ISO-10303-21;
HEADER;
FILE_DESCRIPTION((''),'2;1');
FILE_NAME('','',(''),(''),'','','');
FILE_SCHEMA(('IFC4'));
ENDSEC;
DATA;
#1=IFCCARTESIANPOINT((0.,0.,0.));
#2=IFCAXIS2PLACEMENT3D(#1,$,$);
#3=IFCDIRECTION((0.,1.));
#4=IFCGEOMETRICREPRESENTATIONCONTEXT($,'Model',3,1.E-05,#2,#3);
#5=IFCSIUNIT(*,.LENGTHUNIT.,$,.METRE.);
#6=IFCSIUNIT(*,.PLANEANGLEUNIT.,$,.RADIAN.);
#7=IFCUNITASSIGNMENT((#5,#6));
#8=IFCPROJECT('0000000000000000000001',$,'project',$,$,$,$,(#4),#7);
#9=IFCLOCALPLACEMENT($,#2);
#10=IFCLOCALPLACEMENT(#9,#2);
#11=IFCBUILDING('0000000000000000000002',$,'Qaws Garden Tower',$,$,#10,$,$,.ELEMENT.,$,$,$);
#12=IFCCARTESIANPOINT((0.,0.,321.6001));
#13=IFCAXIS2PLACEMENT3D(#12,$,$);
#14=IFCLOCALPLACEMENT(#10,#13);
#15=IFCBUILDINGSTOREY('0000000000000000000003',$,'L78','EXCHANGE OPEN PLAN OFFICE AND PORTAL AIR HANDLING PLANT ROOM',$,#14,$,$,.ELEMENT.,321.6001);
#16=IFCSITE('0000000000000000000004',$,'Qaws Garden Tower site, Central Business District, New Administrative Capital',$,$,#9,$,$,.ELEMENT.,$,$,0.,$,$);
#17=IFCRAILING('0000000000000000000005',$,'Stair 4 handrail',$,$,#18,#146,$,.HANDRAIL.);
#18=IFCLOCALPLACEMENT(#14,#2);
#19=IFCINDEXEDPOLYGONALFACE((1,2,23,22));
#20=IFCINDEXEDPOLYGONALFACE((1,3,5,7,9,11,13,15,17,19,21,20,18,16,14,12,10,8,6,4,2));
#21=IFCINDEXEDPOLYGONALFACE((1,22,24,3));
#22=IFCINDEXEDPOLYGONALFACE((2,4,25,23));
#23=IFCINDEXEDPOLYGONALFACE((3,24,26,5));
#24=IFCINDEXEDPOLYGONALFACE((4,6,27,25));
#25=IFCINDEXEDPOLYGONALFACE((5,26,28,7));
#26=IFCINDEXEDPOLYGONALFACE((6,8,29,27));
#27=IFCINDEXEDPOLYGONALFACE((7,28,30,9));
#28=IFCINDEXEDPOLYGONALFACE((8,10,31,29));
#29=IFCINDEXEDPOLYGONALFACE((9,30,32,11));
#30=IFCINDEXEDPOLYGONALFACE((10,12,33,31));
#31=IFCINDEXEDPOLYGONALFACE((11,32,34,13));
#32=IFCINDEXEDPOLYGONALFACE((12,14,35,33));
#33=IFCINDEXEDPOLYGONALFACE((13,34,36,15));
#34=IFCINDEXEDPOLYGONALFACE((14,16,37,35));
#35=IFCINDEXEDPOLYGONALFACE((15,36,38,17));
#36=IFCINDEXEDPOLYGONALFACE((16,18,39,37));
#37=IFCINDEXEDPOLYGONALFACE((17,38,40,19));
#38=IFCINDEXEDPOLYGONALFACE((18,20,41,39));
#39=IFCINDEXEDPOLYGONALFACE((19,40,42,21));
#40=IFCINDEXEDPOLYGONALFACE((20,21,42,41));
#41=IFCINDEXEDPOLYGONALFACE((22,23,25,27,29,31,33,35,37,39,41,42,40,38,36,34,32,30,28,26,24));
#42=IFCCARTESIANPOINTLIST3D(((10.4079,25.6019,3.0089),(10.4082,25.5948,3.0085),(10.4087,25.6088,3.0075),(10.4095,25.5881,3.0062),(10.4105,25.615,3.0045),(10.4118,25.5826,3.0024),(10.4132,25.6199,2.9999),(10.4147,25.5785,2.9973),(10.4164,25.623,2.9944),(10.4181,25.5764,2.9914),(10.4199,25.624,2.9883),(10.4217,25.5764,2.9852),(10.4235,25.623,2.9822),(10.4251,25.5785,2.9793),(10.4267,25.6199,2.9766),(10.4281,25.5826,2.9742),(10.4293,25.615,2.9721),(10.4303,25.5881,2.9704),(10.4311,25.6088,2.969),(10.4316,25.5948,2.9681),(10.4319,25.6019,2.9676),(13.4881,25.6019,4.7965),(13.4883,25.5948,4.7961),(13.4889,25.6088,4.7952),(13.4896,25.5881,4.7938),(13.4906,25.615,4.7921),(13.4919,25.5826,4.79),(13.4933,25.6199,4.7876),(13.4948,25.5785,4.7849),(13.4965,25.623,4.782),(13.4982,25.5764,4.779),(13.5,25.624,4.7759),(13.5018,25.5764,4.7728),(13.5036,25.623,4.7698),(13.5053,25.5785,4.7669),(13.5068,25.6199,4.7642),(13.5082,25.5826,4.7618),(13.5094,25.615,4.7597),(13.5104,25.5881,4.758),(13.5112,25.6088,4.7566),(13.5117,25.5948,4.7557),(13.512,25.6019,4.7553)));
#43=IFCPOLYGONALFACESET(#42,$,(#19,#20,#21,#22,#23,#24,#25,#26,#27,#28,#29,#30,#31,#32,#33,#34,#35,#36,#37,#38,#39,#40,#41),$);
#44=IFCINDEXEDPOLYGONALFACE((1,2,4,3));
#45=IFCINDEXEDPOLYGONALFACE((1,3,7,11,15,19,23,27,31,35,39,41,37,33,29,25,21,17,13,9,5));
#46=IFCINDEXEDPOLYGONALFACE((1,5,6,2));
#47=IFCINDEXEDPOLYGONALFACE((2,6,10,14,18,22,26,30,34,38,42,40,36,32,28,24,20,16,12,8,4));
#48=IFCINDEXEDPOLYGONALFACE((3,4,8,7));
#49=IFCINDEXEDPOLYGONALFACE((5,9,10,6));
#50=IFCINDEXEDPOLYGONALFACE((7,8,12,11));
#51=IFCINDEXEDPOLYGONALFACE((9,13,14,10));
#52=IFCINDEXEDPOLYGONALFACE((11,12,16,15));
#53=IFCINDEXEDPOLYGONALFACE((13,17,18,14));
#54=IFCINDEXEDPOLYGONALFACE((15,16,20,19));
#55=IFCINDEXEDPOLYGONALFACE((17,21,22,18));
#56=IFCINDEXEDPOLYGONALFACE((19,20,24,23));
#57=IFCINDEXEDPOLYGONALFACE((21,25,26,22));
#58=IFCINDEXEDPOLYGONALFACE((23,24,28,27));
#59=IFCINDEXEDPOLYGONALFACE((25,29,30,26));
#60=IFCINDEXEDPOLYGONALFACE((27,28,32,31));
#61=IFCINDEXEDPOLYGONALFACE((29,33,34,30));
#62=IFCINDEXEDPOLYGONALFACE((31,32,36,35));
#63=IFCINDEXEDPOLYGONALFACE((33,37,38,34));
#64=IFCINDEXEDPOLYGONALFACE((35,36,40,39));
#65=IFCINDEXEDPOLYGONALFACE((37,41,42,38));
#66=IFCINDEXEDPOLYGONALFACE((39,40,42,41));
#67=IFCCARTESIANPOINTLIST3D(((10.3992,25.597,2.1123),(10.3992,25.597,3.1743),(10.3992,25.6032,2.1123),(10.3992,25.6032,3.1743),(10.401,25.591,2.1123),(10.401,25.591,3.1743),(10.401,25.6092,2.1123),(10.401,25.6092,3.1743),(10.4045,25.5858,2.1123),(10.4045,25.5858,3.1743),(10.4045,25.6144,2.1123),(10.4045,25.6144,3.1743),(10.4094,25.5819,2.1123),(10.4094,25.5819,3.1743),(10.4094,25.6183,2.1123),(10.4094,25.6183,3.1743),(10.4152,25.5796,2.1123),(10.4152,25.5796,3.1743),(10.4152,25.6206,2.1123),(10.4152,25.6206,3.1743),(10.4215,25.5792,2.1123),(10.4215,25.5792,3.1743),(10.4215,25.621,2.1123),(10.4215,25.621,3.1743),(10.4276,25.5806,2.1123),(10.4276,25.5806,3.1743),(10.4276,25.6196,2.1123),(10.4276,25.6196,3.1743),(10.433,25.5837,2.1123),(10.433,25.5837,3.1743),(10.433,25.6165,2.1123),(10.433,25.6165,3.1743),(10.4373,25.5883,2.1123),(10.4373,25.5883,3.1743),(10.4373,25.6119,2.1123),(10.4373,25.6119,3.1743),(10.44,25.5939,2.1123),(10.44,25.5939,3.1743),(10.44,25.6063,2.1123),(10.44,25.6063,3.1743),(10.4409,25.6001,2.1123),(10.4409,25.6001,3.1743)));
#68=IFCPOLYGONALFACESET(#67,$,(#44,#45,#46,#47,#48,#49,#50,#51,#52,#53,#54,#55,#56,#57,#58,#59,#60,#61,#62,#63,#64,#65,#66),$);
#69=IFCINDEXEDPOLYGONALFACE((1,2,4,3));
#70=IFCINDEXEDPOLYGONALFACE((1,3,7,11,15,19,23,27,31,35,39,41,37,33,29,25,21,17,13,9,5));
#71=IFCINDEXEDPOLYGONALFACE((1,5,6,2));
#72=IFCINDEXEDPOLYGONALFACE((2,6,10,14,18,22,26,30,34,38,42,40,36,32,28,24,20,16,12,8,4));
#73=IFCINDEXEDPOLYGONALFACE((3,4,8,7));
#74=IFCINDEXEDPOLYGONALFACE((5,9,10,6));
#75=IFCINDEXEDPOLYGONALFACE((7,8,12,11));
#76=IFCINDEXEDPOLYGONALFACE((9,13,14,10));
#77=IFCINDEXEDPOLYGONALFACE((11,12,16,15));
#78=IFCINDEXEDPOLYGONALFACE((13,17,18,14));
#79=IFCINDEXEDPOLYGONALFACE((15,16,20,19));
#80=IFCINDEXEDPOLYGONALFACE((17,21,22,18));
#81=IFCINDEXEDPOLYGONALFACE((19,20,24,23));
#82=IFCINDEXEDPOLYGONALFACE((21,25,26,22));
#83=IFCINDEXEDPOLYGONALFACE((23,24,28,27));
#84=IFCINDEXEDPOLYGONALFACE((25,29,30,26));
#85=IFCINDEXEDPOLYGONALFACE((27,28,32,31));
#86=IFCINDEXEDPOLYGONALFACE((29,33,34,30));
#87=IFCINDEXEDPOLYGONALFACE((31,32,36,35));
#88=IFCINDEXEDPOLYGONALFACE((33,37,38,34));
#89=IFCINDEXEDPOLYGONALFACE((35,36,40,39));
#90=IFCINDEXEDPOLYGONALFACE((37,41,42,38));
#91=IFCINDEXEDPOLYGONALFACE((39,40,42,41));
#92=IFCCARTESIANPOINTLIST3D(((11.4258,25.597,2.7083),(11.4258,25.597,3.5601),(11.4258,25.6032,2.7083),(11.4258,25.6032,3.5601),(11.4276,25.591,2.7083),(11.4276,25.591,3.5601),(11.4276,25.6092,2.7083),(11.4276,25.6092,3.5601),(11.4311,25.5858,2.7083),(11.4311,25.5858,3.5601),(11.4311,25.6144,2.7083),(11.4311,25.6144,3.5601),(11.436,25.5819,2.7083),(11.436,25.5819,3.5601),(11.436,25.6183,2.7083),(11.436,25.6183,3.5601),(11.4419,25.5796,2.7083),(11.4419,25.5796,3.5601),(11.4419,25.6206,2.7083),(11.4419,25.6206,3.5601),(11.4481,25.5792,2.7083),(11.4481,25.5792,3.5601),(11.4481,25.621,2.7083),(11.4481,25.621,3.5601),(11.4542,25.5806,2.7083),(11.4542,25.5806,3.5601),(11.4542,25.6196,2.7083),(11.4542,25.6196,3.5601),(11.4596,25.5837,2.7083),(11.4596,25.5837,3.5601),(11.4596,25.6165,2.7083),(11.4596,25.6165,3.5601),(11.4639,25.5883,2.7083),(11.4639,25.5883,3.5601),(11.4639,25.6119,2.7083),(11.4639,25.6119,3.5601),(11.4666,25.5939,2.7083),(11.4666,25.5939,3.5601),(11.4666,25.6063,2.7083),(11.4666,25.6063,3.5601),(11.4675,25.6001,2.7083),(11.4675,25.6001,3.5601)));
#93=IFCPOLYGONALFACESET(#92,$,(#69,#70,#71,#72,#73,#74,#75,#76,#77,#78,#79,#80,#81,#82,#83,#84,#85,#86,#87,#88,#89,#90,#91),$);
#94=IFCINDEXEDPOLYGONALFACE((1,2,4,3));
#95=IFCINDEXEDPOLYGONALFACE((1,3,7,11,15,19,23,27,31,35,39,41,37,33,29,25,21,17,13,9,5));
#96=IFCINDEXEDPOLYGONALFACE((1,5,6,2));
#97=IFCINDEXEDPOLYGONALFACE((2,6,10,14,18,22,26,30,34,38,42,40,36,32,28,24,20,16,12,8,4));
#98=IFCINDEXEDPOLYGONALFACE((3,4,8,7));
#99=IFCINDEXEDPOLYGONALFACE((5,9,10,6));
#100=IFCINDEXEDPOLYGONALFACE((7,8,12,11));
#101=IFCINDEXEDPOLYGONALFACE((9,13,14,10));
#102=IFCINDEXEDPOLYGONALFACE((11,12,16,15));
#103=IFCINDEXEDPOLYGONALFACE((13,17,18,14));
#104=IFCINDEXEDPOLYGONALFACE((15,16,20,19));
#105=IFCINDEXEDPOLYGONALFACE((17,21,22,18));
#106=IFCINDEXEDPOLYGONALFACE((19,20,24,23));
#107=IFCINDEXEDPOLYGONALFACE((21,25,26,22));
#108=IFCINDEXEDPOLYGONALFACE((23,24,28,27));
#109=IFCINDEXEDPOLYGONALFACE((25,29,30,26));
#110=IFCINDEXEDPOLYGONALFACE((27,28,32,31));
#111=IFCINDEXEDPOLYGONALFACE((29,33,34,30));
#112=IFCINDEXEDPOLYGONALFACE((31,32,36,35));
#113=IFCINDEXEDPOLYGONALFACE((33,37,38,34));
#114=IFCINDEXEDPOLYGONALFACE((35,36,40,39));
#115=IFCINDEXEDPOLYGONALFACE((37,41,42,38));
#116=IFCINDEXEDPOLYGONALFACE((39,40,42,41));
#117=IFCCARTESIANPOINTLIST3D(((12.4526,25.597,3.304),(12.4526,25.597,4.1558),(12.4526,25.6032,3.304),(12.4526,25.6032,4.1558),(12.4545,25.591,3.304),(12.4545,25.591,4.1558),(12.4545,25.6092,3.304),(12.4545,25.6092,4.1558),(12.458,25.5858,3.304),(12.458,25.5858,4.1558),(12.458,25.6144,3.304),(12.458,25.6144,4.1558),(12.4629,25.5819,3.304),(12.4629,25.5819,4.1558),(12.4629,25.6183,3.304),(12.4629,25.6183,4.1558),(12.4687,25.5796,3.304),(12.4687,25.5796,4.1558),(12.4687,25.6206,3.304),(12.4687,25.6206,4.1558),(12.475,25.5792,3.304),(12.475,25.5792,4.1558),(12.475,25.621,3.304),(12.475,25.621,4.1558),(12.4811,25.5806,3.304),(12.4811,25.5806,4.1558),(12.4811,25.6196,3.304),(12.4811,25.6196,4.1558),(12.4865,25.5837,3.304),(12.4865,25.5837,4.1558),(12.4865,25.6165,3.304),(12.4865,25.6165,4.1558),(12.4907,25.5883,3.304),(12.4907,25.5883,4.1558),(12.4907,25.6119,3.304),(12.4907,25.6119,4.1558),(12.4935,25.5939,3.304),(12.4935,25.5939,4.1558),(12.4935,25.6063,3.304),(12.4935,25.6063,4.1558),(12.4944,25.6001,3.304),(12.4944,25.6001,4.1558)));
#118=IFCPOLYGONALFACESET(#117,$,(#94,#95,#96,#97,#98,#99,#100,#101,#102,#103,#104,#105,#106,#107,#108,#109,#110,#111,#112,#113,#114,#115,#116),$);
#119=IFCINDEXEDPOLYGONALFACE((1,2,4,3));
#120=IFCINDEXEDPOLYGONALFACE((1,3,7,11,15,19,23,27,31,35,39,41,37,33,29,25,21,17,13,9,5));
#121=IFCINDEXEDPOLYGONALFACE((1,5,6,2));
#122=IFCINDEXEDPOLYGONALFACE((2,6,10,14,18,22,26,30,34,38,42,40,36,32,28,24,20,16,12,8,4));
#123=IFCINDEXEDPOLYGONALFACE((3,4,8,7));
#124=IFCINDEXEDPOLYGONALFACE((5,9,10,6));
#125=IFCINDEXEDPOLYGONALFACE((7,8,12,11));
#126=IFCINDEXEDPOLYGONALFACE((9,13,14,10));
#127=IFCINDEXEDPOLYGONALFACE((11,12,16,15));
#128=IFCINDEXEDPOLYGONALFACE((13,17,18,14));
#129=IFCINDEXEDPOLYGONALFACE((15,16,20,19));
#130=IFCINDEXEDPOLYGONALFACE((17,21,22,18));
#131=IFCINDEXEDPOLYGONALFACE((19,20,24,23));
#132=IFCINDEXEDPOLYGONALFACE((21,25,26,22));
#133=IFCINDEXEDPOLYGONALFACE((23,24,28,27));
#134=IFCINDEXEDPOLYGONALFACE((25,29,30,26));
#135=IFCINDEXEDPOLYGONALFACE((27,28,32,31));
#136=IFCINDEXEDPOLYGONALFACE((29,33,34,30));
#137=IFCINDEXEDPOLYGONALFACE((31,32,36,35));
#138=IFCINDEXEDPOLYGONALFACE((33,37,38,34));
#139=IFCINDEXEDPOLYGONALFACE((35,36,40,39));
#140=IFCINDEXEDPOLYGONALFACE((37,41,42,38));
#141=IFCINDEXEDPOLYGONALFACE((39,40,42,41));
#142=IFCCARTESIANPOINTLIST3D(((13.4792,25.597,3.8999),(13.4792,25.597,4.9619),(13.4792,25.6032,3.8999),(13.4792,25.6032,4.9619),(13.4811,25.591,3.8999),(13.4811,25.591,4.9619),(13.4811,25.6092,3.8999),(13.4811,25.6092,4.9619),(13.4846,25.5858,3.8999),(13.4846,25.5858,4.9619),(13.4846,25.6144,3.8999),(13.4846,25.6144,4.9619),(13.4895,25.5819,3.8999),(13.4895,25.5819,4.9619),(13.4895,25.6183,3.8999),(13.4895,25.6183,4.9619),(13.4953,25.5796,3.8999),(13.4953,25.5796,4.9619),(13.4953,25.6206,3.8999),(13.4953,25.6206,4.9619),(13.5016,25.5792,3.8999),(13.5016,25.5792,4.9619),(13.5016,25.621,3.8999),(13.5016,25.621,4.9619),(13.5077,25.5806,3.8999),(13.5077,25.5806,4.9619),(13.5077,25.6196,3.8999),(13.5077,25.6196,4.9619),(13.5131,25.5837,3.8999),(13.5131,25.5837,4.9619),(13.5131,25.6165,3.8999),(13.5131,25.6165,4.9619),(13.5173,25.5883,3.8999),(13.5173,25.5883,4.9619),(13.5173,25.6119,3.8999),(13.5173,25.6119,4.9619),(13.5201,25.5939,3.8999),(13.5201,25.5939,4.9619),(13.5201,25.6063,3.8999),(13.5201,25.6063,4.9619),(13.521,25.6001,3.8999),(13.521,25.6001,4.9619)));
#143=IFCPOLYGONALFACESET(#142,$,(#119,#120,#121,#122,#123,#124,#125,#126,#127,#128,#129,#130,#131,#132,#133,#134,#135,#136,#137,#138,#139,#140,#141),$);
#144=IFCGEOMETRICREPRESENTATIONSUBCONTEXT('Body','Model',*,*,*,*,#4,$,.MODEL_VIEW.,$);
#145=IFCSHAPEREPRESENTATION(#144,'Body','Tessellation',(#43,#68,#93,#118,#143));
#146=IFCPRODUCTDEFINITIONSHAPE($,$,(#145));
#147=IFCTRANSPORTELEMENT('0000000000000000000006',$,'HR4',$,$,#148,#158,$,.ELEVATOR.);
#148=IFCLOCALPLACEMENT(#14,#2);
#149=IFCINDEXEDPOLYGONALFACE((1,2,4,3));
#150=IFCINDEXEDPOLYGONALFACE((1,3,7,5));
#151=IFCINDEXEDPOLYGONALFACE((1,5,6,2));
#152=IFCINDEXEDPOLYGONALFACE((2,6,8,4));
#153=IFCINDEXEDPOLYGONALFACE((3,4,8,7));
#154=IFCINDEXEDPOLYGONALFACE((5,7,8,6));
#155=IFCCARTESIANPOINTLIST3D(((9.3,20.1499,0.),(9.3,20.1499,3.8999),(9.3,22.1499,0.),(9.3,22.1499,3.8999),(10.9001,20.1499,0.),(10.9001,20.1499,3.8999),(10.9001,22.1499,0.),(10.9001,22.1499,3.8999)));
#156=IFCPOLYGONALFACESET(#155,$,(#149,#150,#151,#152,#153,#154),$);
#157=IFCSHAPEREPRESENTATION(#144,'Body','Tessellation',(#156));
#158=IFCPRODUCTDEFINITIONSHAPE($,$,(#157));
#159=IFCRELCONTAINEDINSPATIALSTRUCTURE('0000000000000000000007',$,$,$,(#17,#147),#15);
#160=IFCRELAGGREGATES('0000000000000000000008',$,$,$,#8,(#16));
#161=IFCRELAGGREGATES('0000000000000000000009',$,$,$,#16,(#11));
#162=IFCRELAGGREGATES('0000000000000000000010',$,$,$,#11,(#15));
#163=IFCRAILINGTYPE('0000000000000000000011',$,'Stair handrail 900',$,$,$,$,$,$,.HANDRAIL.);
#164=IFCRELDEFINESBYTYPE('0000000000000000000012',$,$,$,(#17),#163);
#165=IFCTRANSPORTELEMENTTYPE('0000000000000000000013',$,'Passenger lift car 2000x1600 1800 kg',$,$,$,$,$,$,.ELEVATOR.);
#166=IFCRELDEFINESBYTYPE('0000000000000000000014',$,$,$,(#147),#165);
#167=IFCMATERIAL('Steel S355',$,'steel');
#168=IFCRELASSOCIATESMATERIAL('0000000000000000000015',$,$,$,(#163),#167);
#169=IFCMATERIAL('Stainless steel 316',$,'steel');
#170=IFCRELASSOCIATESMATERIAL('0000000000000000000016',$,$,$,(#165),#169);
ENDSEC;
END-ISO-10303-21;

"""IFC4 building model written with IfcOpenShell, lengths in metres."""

from ifc_helpers import new_model, si_unit, direction, frame, origin, origin_2d, place, context, subcontext, project, spatial, rectangle, circle, extrude, material, type_object, element, save


model = new_model("IFC4")

# Units and contexts
model_context = context("Model", 3, precision=1e-05, world=origin(), true_north=direction((0.0, 1.0)))
body_context = subcontext(model_context, "Body", "Model", "MODEL_VIEW")
ifc_project = project(units=[si_unit("LENGTHUNIT", "METRE"), si_unit("PLANEANGLEUNIT", "RADIAN")], contexts=[model_context])

# Site, building, storey
site_placement = place(None, origin())
site = spatial("IfcSite", under=ifc_project, at=site_placement, Name="Qaws Garden Tower site, Central Business District, New Administrative Capital", CompositionType="ELEMENT", RefElevation=0.0)
building_placement = place(site_placement, origin())
building = spatial("IfcBuilding", under=site, at=building_placement, Name="Qaws Garden Tower", CompositionType="ELEMENT")
storey_placement = place(building_placement, frame((0.0, 0.0, 321.6001)))
storey = spatial("IfcBuildingStorey", under=building, at=storey_placement, Name="L78", Description="EXCHANGE OPEN PLAN OFFICE AND PORTAL AIR HANDLING PLANT ROOM", CompositionType="ELEMENT", Elevation=321.6001)

# Railing
ifc_material_1 = material(Name="Steel S355", Category="steel")
railing_type = type_object("IfcRailingType", Name="Stair handrail 900", PredefinedType="HANDRAIL", material=ifc_material_1)
railing_placement = place(storey_placement, frame((10.4199, 25.6001, 2.1123)))
element("IfcRailing", 1, at=railing_placement, inside=storey, type_object=railing_type, Name="Stair 4 handrail", PredefinedType="HANDRAIL", context=body_context, shape_type="SweptSolid", body=[
    extrude(circle(Radius=0.0239, at=origin_2d()), frame((0.0, 0.0, 0.876), z_axis=(0.864891, 0.0, 0.50196), x_axis=(0.0, 1.0, 0.0)), (0.0, 0.0, 1.0), 3.5613),
    extrude(circle(Radius=0.021, at=origin_2d()), origin(), (0.0, 0.0, 1.0), 1.062),
    extrude(circle(Radius=0.021, at=origin_2d()), frame((1.0266, 0.0, 0.5959)), (0.0, 0.0, 1.0), 0.8518),
    extrude(circle(Radius=0.021, at=origin_2d()), frame((2.0535, 0.0, 1.1917)), (0.0, 0.0, 1.0), 0.8518),
    extrude(circle(Radius=0.021, at=origin_2d()), frame((3.0801, 0.0, 1.7876)), (0.0, 0.0, 1.0), 1.062),
])

# Transport element
ifc_material_2 = material(Name="Stainless steel 316", Category="steel")
transport_element_type = type_object("IfcTransportElementType", Name="Passenger lift car 2000x1600 1800 kg", PredefinedType="ELEVATOR", material=ifc_material_2)
transport_element_placement = place(storey_placement, frame((10.1001, 21.1499, 0.0), z_axis=(0.0, 0.0, 1.0), x_axis=(1.0, 0.0, 0.0)))
element("IfcTransportElement", 2, at=transport_element_placement, inside=storey, type_object=transport_element_type, Name="HR4", PredefinedType="ELEVATOR", context=body_context, shape_type="SweptSolid", body=[
    extrude(rectangle(XDim=1.6001, YDim=2.0, at=origin_2d()), origin(), (0.0, 0.0, 1.0), 3.8999),
])

save(model, "model.ifc")
